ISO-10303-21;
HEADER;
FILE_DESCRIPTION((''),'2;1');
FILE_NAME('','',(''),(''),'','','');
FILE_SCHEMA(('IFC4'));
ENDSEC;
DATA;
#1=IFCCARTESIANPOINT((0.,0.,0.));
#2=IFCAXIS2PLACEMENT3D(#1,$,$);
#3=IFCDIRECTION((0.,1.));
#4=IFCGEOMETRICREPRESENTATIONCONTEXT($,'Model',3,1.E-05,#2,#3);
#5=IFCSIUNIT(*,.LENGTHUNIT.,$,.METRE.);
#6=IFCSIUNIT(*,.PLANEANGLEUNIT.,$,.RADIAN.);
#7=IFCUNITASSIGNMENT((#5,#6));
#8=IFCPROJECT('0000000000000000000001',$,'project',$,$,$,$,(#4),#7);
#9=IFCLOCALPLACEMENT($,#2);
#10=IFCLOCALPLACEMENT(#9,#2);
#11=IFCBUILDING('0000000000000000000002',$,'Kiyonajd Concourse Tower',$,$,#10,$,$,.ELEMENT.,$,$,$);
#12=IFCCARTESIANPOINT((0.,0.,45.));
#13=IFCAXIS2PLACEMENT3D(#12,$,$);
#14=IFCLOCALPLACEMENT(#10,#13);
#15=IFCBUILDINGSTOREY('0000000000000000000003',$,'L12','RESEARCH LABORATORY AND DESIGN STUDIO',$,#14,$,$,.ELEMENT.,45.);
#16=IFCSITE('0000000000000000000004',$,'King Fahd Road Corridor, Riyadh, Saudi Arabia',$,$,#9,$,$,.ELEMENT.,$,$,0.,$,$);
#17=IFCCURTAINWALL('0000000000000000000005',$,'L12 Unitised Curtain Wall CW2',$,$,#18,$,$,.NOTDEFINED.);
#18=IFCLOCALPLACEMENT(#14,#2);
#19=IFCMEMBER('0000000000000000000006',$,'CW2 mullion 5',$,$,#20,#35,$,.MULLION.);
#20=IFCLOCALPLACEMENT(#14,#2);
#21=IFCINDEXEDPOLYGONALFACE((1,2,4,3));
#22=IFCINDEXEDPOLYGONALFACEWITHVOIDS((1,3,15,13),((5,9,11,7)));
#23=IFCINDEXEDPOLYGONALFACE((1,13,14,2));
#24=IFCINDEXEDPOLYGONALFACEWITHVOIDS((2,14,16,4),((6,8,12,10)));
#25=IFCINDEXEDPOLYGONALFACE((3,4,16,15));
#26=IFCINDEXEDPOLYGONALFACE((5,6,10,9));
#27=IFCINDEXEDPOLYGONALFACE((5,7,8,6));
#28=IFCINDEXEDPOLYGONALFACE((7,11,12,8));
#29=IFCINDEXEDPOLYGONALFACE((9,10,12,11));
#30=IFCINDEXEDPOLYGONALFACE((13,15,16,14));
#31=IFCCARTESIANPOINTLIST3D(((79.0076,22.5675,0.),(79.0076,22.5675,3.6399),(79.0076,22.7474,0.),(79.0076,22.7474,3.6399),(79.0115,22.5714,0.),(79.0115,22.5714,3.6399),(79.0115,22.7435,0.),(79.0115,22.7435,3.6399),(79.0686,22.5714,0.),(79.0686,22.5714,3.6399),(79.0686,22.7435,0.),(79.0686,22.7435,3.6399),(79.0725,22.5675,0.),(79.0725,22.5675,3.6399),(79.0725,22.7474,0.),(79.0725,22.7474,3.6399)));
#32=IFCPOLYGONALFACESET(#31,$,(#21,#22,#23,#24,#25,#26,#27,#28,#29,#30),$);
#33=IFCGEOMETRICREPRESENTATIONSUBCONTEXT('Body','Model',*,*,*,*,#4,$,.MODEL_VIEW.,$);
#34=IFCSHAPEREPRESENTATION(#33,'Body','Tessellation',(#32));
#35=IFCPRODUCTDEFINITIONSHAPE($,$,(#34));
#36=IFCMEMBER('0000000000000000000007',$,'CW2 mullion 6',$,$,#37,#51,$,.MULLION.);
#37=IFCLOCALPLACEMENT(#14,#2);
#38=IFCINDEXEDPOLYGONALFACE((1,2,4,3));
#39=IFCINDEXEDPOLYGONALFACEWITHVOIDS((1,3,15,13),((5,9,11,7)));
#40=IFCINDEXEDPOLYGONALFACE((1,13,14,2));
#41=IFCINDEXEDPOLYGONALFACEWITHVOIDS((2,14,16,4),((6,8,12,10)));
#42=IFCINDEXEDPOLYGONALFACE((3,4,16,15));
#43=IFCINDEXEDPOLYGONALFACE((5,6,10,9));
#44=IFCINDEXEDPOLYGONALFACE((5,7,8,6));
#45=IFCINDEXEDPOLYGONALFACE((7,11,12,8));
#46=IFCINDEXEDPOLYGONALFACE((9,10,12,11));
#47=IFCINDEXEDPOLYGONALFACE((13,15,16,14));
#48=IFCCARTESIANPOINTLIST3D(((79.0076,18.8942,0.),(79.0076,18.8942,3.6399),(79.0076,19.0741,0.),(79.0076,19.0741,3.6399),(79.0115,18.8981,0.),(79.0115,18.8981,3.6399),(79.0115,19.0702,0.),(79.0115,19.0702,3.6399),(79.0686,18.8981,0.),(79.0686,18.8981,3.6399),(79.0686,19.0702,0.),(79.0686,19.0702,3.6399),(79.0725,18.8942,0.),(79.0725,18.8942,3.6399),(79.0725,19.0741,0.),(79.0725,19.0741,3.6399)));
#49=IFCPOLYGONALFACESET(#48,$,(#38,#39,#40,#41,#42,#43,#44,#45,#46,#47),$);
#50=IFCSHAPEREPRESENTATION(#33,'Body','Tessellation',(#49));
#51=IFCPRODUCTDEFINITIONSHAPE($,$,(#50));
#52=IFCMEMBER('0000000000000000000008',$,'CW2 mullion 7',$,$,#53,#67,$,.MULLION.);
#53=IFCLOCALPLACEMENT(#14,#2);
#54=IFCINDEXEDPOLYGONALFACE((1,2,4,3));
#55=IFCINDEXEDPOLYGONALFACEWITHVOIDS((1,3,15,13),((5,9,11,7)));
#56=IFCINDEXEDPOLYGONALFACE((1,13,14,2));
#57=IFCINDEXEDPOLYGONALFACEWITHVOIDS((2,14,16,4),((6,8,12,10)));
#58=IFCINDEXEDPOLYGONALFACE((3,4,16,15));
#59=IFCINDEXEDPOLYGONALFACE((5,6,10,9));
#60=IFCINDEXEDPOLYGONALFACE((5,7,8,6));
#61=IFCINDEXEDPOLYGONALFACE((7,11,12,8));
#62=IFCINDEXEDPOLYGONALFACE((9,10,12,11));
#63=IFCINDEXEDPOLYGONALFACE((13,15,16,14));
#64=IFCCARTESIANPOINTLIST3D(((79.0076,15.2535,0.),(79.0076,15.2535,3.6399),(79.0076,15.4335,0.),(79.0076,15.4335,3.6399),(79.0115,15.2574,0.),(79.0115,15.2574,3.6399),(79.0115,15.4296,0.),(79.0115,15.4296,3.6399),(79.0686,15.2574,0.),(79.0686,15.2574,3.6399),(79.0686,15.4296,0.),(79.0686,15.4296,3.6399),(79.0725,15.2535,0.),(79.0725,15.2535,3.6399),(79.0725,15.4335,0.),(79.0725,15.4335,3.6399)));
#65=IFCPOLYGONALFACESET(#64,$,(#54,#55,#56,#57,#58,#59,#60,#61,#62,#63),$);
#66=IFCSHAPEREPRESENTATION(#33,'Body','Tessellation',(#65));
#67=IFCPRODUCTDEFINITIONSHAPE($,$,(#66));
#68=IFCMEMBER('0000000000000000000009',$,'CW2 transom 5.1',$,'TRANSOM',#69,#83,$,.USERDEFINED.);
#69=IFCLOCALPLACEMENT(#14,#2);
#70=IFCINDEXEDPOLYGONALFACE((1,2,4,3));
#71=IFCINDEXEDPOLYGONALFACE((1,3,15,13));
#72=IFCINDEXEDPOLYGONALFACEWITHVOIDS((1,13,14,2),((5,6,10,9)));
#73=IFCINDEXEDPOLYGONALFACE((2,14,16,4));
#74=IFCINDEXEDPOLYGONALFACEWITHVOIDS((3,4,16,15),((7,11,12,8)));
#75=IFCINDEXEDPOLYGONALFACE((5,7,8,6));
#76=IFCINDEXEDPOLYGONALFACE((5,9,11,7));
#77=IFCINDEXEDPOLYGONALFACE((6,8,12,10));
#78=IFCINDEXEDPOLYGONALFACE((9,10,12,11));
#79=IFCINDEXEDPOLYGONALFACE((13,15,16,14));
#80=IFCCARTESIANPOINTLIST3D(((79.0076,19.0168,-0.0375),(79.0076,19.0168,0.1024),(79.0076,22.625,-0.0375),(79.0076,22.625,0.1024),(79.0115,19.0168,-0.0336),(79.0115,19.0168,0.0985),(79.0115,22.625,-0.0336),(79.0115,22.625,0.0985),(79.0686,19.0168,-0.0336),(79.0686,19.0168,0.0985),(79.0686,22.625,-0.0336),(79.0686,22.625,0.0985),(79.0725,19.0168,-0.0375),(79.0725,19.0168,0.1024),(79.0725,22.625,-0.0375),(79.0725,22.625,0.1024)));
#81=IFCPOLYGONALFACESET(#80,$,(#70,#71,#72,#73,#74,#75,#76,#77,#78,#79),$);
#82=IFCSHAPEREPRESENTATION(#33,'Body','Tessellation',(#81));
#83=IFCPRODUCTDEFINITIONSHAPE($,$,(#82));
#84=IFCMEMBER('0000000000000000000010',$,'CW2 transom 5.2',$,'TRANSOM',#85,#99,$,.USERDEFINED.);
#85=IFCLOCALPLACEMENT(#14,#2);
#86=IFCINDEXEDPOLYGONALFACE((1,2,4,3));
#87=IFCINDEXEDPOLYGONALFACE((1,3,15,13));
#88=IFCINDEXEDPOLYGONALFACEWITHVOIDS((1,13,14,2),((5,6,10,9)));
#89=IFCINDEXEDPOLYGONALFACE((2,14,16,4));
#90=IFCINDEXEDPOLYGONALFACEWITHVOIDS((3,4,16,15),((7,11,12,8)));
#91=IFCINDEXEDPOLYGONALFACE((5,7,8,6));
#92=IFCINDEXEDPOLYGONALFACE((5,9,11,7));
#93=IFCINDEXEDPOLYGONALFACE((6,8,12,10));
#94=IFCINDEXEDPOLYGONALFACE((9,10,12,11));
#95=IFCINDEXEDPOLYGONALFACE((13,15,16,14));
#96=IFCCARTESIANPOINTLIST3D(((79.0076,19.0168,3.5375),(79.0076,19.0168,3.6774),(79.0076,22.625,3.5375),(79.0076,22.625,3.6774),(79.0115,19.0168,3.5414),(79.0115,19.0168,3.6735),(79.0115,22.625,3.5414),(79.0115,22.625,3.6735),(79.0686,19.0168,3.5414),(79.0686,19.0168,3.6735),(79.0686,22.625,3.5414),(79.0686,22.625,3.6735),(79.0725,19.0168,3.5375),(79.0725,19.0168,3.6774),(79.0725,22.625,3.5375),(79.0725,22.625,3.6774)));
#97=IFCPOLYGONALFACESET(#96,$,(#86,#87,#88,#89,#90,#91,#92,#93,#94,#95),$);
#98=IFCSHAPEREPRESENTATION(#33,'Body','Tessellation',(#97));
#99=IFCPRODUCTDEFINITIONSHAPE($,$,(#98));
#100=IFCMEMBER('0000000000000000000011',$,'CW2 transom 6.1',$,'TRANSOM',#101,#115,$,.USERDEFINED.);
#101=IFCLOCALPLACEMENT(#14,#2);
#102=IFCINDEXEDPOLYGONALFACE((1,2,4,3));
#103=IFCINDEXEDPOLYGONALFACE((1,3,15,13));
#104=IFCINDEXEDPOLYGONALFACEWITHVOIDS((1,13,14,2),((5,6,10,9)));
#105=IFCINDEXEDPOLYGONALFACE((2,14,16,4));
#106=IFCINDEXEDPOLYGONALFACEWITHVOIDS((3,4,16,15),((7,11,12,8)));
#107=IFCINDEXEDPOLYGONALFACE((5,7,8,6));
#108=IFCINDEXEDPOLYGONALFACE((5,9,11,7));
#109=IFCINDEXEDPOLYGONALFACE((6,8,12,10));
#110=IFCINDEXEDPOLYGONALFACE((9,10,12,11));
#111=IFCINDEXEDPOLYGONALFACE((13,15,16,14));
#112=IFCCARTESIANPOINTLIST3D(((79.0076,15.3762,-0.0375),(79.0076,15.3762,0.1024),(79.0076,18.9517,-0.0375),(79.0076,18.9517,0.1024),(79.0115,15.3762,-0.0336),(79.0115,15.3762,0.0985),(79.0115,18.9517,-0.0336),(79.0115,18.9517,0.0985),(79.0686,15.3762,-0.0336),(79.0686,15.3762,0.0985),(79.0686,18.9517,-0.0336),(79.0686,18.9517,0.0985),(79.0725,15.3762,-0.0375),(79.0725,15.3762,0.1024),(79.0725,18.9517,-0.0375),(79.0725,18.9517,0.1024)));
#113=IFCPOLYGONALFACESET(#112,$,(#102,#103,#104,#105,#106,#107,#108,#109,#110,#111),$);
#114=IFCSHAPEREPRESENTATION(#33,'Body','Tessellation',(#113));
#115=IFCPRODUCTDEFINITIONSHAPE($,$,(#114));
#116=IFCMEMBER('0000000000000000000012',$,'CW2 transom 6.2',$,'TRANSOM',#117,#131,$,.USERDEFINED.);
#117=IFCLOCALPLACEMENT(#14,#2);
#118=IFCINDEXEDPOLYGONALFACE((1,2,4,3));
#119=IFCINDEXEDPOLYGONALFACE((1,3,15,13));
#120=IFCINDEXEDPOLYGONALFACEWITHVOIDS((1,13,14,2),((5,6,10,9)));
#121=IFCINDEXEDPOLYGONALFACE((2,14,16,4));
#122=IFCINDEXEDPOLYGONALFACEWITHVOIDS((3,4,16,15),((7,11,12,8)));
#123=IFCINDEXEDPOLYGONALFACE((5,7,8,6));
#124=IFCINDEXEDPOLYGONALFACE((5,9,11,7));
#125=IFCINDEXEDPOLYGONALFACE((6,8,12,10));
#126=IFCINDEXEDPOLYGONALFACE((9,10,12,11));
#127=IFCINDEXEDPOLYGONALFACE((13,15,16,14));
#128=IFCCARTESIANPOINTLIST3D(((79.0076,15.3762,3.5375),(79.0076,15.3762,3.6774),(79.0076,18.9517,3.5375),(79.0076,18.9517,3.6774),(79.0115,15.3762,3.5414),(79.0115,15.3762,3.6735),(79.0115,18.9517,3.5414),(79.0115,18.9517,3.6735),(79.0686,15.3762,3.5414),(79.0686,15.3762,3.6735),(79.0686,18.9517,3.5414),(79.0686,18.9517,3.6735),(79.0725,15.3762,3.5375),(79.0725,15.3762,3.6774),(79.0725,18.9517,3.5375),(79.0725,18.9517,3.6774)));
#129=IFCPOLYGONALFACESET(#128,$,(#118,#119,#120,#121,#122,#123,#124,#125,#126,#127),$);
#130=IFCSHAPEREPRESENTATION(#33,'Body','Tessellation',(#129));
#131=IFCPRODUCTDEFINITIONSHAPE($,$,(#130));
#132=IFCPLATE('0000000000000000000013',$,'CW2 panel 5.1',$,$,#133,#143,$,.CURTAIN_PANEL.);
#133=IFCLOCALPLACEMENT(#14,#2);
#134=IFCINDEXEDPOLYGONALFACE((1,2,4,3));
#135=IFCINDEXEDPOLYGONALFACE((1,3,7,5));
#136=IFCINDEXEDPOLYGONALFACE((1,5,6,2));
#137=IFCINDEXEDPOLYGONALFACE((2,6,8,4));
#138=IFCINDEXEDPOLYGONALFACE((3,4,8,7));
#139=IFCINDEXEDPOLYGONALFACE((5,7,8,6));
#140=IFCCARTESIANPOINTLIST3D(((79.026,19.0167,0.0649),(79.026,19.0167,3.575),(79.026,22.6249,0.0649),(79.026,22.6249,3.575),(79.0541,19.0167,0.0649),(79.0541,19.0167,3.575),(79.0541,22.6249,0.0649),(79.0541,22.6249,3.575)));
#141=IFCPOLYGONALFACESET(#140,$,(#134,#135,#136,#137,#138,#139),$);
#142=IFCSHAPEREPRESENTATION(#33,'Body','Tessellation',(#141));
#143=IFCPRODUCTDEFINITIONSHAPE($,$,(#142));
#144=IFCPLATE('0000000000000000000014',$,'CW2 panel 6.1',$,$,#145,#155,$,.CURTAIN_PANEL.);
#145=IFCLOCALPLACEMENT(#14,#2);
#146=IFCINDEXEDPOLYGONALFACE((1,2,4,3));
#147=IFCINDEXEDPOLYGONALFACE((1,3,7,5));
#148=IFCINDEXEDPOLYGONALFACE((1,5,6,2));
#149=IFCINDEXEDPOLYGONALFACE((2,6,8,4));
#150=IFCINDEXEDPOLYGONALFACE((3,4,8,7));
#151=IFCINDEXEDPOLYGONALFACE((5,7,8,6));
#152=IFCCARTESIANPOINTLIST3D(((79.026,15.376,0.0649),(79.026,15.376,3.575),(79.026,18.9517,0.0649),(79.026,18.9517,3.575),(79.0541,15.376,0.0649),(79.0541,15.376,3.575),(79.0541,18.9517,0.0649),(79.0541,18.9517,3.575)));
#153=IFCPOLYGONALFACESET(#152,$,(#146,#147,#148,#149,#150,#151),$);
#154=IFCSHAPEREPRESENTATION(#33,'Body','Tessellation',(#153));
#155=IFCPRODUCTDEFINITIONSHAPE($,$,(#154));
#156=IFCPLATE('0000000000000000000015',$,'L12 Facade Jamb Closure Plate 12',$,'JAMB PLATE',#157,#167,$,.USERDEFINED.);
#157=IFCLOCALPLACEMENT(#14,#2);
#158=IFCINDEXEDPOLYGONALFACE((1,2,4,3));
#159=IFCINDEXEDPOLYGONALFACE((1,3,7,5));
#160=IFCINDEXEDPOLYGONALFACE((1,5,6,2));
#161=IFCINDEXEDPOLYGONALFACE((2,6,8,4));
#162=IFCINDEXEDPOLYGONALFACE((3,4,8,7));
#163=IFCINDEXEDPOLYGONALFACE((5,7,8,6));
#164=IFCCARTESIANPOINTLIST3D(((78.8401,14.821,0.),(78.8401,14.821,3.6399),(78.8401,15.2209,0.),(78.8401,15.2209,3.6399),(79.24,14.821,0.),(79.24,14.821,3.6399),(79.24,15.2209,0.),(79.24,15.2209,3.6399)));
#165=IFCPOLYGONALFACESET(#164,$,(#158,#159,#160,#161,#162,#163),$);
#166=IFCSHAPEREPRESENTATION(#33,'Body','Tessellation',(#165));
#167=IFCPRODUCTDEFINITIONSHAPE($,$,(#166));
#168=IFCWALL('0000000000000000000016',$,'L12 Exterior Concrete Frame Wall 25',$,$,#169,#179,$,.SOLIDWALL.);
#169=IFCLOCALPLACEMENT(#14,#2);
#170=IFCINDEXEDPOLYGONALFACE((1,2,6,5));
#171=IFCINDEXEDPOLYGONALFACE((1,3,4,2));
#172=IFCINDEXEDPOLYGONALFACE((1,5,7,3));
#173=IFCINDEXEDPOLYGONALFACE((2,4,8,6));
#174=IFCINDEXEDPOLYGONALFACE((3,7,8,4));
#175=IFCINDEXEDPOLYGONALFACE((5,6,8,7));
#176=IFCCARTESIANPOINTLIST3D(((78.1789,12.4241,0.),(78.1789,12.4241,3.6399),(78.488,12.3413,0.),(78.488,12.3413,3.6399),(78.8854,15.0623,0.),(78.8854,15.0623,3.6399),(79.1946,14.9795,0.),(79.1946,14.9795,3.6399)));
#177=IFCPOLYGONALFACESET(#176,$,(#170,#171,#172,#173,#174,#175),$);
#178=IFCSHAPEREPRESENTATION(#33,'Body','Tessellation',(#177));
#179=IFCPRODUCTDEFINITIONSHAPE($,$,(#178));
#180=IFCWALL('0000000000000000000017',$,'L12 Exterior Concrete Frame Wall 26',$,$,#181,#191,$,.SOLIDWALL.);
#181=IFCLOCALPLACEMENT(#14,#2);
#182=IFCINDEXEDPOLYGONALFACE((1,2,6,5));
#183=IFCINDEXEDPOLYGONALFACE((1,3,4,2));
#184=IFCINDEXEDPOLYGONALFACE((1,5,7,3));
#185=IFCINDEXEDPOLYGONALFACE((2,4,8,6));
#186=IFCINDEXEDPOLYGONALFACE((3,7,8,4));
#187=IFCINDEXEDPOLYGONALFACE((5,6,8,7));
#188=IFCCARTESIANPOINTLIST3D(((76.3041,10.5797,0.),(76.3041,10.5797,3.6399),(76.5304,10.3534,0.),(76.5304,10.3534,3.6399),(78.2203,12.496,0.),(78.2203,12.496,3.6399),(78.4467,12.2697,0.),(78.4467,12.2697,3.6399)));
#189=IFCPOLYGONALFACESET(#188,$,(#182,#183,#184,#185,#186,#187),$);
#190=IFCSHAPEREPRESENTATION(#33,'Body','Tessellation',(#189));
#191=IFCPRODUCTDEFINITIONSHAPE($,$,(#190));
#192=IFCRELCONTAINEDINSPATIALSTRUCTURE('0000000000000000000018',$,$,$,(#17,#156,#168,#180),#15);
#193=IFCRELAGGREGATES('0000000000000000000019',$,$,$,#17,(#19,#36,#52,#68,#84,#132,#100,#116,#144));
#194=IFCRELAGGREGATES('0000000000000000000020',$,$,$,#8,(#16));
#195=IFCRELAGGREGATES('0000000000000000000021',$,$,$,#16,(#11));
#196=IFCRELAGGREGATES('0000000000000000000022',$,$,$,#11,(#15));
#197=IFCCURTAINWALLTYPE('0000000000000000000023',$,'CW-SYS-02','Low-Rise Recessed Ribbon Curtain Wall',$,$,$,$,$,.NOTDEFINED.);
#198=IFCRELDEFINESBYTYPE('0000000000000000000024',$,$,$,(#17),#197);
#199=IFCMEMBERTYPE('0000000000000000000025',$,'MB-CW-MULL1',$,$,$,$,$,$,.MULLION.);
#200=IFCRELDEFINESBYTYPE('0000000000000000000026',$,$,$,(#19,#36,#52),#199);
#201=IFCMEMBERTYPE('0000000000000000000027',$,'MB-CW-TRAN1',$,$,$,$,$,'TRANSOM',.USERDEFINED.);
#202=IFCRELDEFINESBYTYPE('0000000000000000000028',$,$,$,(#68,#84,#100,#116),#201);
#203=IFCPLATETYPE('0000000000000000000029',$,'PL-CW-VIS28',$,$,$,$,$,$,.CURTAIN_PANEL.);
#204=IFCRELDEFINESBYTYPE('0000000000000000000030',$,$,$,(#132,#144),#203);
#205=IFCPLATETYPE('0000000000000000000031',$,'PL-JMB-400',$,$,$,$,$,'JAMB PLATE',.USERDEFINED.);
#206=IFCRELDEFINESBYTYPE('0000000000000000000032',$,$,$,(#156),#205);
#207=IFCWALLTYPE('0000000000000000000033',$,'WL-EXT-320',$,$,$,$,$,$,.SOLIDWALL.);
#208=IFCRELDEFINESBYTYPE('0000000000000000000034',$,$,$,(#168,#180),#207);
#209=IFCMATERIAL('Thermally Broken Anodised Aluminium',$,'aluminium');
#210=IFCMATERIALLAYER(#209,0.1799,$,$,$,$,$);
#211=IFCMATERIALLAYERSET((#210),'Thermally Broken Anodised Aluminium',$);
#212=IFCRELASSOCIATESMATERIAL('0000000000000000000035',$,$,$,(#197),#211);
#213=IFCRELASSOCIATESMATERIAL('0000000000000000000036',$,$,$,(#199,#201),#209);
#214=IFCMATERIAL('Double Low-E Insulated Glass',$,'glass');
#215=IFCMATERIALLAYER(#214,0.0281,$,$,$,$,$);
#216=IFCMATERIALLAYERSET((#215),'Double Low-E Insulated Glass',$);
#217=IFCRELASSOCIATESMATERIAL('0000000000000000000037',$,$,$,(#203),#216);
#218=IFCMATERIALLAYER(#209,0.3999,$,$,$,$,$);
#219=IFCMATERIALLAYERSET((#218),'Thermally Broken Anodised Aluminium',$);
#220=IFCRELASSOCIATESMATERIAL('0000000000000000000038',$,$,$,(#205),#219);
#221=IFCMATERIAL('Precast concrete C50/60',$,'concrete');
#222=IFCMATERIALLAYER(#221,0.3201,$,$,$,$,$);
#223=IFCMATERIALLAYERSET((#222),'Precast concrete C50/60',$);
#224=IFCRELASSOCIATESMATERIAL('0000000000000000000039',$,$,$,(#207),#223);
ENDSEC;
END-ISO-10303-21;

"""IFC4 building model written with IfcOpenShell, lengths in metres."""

from ifc_helpers import new_model, si_unit, direction, frame, frame_2d, origin, origin_2d, place, context, subcontext, project, spatial, rectangle, hollow_rectangle, extrude, material, layer, layer_set, material_profile, profile_set, type_object, element, aggregate, save


model = new_model("IFC4")

# Units and contexts
model_context = context("Model", 3, precision=1e-05, world=origin(), true_north=direction((0.0, 1.0)))
body_context = subcontext(model_context, "Body", "Model", "MODEL_VIEW")
ifc_project = project(units=[si_unit("LENGTHUNIT", "METRE"), si_unit("PLANEANGLEUNIT", "RADIAN")], contexts=[model_context])

# Site, building, storey
site_placement = place(None, origin())
site = spatial("IfcSite", under=ifc_project, at=site_placement, Name="King Fahd Road Corridor, Riyadh, Saudi Arabia", CompositionType="ELEMENT", RefElevation=0.0)
building_placement = place(site_placement, origin())
building = spatial("IfcBuilding", under=site, at=building_placement, Name="Kiyonajd Concourse Tower", CompositionType="ELEMENT")
storey_placement = place(building_placement, frame((0.0, 0.0, 45.0)))
storey = spatial("IfcBuildingStorey", under=building, at=storey_placement, Name="L12", Description="RESEARCH LABORATORY AND DESIGN STUDIO", CompositionType="ELEMENT", Elevation=45.0)

# Shared definitions
ifc_material_1 = material(Name="Precast concrete C50/60", Category="concrete")

# Curtain wall, members, plates
ifc_material_2 = material(Name="Thermally Broken Anodised Aluminium", Category="aluminium")
ifc_layer_1 = layer(ifc_material_2, 0.1799)
ifc_layer_set_1 = layer_set([ifc_layer_1], Name="Thermally Broken Anodised Aluminium")
curtain_wall_type = type_object("IfcCurtainWallType", Name="CW-SYS-02", Description="Low-Rise Recessed Ribbon Curtain Wall", PredefinedType="NOTDEFINED", material=ifc_layer_set_1)
curtain_wall_placement = place(storey_placement, origin())
curtain_wall = element("IfcCurtainWall", 1, at=curtain_wall_placement, inside=storey, type_object=curtain_wall_type, Name="L12 Unitised Curtain Wall CW2", PredefinedType="NOTDEFINED")
ifc_material_profile_1 = material_profile(ifc_material_2, hollow_rectangle(XDim=0.0649, YDim=0.1799, WallThickness=0.0039, at=origin_2d()), Name="MULL-65x180")
ifc_profile_set_1 = profile_set([ifc_material_profile_1], Name="Thermally Broken Anodised Aluminium")
member_type_1 = type_object("IfcMemberType", Name="MB-CW-MULL1", PredefinedType="MULLION", material=ifc_profile_set_1)
member_1_placement = place(storey_placement, frame((79.04, 22.6575, 0.0), z_axis=(0.0, 0.0, 1.0), x_axis=(1.0, 0.0, 0.0)))
member_1 = element("IfcMember", 2, at=member_1_placement, type_object=member_type_1, Name="CW2 mullion 5", PredefinedType="MULLION", context=body_context, shape_type="SweptSolid", body=[
    extrude(hollow_rectangle(XDim=0.0649, YDim=0.1799, WallThickness=0.0039, at=origin_2d()), origin(), (0.0, 0.0, 1.0), 3.6399),
])
member_2_placement = place(storey_placement, frame((79.04, 18.9841, 0.0), z_axis=(0.0, 0.0, 1.0), x_axis=(1.0, 0.0, 0.0)))
member_2 = element("IfcMember", 3, at=member_2_placement, type_object=member_type_1, Name="CW2 mullion 6", PredefinedType="MULLION", context=body_context, shape_type="SweptSolid", body=[
    extrude(hollow_rectangle(XDim=0.0649, YDim=0.1799, WallThickness=0.0039, at=origin_2d()), origin(), (0.0, 0.0, 1.0), 3.6399),
])
member_3_placement = place(storey_placement, frame((79.04, 15.3435, 0.0), z_axis=(0.0, 0.0, 1.0), x_axis=(1.0, 0.0, 0.0)))
member_3 = element("IfcMember", 4, at=member_3_placement, type_object=member_type_1, Name="CW2 mullion 7", PredefinedType="MULLION", context=body_context, shape_type="SweptSolid", body=[
    extrude(hollow_rectangle(XDim=0.0649, YDim=0.1799, WallThickness=0.0039, at=origin_2d()), origin(), (0.0, 0.0, 1.0), 3.6399),
])
ifc_material_profile_2 = material_profile(ifc_material_2, hollow_rectangle(XDim=0.0649, YDim=0.1399, WallThickness=0.0039, at=origin_2d()), Name="TRAN-65x140")
ifc_profile_set_2 = profile_set([ifc_material_profile_2], Name="Thermally Broken Anodised Aluminium")
member_type_2 = type_object("IfcMemberType", Name="MB-CW-TRAN1", ElementType="TRANSOM", PredefinedType="USERDEFINED", material=ifc_profile_set_2)
member_4_placement = place(storey_placement, frame((79.04, 22.625, 0.0325), z_axis=(0.0, -1.0, 0.0), x_axis=(1.0, 0.0, 0.0)))
member_4 = element("IfcMember", 5, at=member_4_placement, type_object=member_type_2, Name="CW2 transom 5.1", ObjectType="TRANSOM", PredefinedType="USERDEFINED", context=body_context, shape_type="SweptSolid", body=[
    extrude(hollow_rectangle(XDim=0.0649, YDim=0.1399, WallThickness=0.0039, at=origin_2d()), origin(), (0.0, 0.0, 1.0), 3.6082),
])
member_5_placement = place(storey_placement, frame((79.04, 22.625, 3.6074), z_axis=(0.0, -1.0, 0.0), x_axis=(1.0, 0.0, 0.0)))
member_5 = element("IfcMember", 6, at=member_5_placement, type_object=member_type_2, Name="CW2 transom 5.2", ObjectType="TRANSOM", PredefinedType="USERDEFINED", context=body_context, shape_type="SweptSolid", body=[
    extrude(hollow_rectangle(XDim=0.0649, YDim=0.1399, WallThickness=0.0039, at=origin_2d()), origin(), (0.0, 0.0, 1.0), 3.6082),
])
member_6_placement = place(storey_placement, frame((79.04, 18.9517, 0.0325), z_axis=(0.0, -1.0, 0.0), x_axis=(1.0, 0.0, 0.0)))
member_6 = element("IfcMember", 7, at=member_6_placement, type_object=member_type_2, Name="CW2 transom 6.1", ObjectType="TRANSOM", PredefinedType="USERDEFINED", context=body_context, shape_type="SweptSolid", body=[
    extrude(hollow_rectangle(XDim=0.0649, YDim=0.1399, WallThickness=0.0039, at=origin_2d()), origin(), (0.0, 0.0, 1.0), 3.5754),
])
member_7_placement = place(storey_placement, frame((79.04, 18.9517, 3.6074), z_axis=(0.0, -1.0, 0.0), x_axis=(1.0, 0.0, 0.0)))
member_7 = element("IfcMember", 8, at=member_7_placement, type_object=member_type_2, Name="CW2 transom 6.2", ObjectType="TRANSOM", PredefinedType="USERDEFINED", context=body_context, shape_type="SweptSolid", body=[
    extrude(hollow_rectangle(XDim=0.0649, YDim=0.1399, WallThickness=0.0039, at=origin_2d()), origin(), (0.0, 0.0, 1.0), 3.5754),
])
ifc_material_3 = material(Name="Double Low-E Insulated Glass", Category="glass")
ifc_layer_2 = layer(ifc_material_3, 0.0281)
ifc_layer_set_2 = layer_set([ifc_layer_2], Name="Double Low-E Insulated Glass")
plate_type_1 = type_object("IfcPlateType", Name="PL-CW-VIS28", PredefinedType="CURTAIN_PANEL", material=ifc_layer_set_2)
plate_1_placement = place(storey_placement, frame((79.04, 20.8208, 0.0649), z_axis=(0.0, 0.0, 1.0), x_axis=(0.0, -1.0, 0.0)))
plate_1 = element("IfcPlate", 9, at=plate_1_placement, type_object=plate_type_1, Name="CW2 panel 5.1", PredefinedType="CURTAIN_PANEL", context=body_context, shape_type="SweptSolid", body=[
    extrude(rectangle(XDim=3.6082, YDim=0.0281, at=origin_2d()), origin(), (0.0, 0.0, 1.0), 3.51),
])
plate_2_placement = place(storey_placement, frame((79.04, 17.1638, 0.0649), z_axis=(0.0, 0.0, 1.0), x_axis=(0.0, -1.0, 0.0)))
plate_2 = element("IfcPlate", 10, at=plate_2_placement, type_object=plate_type_1, Name="CW2 panel 6.1", PredefinedType="CURTAIN_PANEL", context=body_context, shape_type="SweptSolid", body=[
    extrude(rectangle(XDim=3.5757, YDim=0.0281, at=origin_2d()), origin(), (0.0, 0.0, 1.0), 3.51),
])
aggregate(curtain_wall, [member_1, member_2, member_3, member_4, member_5, plate_1, member_6, member_7, plate_2])

# Plate
ifc_layer_3 = layer(ifc_material_2, 0.3999)
ifc_layer_set_3 = layer_set([ifc_layer_3], Name="Thermally Broken Anodised Aluminium")
plate_type_2 = type_object("IfcPlateType", Name="PL-JMB-400", ElementType="JAMB PLATE", PredefinedType="USERDEFINED", material=ifc_layer_set_3)
plate_3_placement = place(storey_placement, frame((79.04, 15.021, 0.0), z_axis=(0.0, 0.0, 1.0), x_axis=(1.0, 0.0, 0.0)))
element("IfcPlate", 11, at=plate_3_placement, inside=storey, type_object=plate_type_2, Name="L12 Facade Jamb Closure Plate 12", ObjectType="JAMB PLATE", PredefinedType="USERDEFINED", context=body_context, shape_type="SweptSolid", body=[
    extrude(rectangle(XDim=0.3999, YDim=0.3999, at=origin_2d()), origin(), (0.0, 0.0, 1.0), 3.6399),
])

# Walls
ifc_layer_4 = layer(ifc_material_1, 0.3201)
ifc_layer_set_4 = layer_set([ifc_layer_4], Name="Precast concrete C50/60")
wall_type_1 = type_object("IfcWallType", Name="WL-EXT-320", PredefinedType="SOLIDWALL", material=ifc_layer_set_4)
wall_1_placement = place(storey_placement, frame((79.04, 15.021, 0.0), z_axis=(0.0, 0.0, 1.0), x_axis=(-0.258697, -0.965958, 0.0)))
element("IfcWall", 12, at=wall_1_placement, inside=storey, type_object=wall_type_1, Name="L12 Exterior Concrete Frame Wall 25", PredefinedType="SOLIDWALL", context=body_context, shape_type="SweptSolid", body=[
    extrude(rectangle(XDim=2.7312, YDim=0.3201, at=frame_2d((1.3657, 0.0))), origin(), (0.0, 0.0, 1.0), 3.6399),
])
wall_2_placement = place(storey_placement, frame((78.3335, 12.3828, 0.0), z_axis=(0.0, 0.0, 1.0), x_axis=(-0.707107, -0.707107, 0.0)))
element("IfcWall", 13, at=wall_2_placement, inside=storey, type_object=wall_type_1, Name="L12 Exterior Concrete Frame Wall 26", PredefinedType="SOLIDWALL", context=body_context, shape_type="SweptSolid", body=[
    extrude(rectangle(XDim=2.71, YDim=0.3201, at=frame_2d((1.355, 0.0))), origin(), (0.0, 0.0, 1.0), 3.6399),
])

save(model, "model.ifc")
